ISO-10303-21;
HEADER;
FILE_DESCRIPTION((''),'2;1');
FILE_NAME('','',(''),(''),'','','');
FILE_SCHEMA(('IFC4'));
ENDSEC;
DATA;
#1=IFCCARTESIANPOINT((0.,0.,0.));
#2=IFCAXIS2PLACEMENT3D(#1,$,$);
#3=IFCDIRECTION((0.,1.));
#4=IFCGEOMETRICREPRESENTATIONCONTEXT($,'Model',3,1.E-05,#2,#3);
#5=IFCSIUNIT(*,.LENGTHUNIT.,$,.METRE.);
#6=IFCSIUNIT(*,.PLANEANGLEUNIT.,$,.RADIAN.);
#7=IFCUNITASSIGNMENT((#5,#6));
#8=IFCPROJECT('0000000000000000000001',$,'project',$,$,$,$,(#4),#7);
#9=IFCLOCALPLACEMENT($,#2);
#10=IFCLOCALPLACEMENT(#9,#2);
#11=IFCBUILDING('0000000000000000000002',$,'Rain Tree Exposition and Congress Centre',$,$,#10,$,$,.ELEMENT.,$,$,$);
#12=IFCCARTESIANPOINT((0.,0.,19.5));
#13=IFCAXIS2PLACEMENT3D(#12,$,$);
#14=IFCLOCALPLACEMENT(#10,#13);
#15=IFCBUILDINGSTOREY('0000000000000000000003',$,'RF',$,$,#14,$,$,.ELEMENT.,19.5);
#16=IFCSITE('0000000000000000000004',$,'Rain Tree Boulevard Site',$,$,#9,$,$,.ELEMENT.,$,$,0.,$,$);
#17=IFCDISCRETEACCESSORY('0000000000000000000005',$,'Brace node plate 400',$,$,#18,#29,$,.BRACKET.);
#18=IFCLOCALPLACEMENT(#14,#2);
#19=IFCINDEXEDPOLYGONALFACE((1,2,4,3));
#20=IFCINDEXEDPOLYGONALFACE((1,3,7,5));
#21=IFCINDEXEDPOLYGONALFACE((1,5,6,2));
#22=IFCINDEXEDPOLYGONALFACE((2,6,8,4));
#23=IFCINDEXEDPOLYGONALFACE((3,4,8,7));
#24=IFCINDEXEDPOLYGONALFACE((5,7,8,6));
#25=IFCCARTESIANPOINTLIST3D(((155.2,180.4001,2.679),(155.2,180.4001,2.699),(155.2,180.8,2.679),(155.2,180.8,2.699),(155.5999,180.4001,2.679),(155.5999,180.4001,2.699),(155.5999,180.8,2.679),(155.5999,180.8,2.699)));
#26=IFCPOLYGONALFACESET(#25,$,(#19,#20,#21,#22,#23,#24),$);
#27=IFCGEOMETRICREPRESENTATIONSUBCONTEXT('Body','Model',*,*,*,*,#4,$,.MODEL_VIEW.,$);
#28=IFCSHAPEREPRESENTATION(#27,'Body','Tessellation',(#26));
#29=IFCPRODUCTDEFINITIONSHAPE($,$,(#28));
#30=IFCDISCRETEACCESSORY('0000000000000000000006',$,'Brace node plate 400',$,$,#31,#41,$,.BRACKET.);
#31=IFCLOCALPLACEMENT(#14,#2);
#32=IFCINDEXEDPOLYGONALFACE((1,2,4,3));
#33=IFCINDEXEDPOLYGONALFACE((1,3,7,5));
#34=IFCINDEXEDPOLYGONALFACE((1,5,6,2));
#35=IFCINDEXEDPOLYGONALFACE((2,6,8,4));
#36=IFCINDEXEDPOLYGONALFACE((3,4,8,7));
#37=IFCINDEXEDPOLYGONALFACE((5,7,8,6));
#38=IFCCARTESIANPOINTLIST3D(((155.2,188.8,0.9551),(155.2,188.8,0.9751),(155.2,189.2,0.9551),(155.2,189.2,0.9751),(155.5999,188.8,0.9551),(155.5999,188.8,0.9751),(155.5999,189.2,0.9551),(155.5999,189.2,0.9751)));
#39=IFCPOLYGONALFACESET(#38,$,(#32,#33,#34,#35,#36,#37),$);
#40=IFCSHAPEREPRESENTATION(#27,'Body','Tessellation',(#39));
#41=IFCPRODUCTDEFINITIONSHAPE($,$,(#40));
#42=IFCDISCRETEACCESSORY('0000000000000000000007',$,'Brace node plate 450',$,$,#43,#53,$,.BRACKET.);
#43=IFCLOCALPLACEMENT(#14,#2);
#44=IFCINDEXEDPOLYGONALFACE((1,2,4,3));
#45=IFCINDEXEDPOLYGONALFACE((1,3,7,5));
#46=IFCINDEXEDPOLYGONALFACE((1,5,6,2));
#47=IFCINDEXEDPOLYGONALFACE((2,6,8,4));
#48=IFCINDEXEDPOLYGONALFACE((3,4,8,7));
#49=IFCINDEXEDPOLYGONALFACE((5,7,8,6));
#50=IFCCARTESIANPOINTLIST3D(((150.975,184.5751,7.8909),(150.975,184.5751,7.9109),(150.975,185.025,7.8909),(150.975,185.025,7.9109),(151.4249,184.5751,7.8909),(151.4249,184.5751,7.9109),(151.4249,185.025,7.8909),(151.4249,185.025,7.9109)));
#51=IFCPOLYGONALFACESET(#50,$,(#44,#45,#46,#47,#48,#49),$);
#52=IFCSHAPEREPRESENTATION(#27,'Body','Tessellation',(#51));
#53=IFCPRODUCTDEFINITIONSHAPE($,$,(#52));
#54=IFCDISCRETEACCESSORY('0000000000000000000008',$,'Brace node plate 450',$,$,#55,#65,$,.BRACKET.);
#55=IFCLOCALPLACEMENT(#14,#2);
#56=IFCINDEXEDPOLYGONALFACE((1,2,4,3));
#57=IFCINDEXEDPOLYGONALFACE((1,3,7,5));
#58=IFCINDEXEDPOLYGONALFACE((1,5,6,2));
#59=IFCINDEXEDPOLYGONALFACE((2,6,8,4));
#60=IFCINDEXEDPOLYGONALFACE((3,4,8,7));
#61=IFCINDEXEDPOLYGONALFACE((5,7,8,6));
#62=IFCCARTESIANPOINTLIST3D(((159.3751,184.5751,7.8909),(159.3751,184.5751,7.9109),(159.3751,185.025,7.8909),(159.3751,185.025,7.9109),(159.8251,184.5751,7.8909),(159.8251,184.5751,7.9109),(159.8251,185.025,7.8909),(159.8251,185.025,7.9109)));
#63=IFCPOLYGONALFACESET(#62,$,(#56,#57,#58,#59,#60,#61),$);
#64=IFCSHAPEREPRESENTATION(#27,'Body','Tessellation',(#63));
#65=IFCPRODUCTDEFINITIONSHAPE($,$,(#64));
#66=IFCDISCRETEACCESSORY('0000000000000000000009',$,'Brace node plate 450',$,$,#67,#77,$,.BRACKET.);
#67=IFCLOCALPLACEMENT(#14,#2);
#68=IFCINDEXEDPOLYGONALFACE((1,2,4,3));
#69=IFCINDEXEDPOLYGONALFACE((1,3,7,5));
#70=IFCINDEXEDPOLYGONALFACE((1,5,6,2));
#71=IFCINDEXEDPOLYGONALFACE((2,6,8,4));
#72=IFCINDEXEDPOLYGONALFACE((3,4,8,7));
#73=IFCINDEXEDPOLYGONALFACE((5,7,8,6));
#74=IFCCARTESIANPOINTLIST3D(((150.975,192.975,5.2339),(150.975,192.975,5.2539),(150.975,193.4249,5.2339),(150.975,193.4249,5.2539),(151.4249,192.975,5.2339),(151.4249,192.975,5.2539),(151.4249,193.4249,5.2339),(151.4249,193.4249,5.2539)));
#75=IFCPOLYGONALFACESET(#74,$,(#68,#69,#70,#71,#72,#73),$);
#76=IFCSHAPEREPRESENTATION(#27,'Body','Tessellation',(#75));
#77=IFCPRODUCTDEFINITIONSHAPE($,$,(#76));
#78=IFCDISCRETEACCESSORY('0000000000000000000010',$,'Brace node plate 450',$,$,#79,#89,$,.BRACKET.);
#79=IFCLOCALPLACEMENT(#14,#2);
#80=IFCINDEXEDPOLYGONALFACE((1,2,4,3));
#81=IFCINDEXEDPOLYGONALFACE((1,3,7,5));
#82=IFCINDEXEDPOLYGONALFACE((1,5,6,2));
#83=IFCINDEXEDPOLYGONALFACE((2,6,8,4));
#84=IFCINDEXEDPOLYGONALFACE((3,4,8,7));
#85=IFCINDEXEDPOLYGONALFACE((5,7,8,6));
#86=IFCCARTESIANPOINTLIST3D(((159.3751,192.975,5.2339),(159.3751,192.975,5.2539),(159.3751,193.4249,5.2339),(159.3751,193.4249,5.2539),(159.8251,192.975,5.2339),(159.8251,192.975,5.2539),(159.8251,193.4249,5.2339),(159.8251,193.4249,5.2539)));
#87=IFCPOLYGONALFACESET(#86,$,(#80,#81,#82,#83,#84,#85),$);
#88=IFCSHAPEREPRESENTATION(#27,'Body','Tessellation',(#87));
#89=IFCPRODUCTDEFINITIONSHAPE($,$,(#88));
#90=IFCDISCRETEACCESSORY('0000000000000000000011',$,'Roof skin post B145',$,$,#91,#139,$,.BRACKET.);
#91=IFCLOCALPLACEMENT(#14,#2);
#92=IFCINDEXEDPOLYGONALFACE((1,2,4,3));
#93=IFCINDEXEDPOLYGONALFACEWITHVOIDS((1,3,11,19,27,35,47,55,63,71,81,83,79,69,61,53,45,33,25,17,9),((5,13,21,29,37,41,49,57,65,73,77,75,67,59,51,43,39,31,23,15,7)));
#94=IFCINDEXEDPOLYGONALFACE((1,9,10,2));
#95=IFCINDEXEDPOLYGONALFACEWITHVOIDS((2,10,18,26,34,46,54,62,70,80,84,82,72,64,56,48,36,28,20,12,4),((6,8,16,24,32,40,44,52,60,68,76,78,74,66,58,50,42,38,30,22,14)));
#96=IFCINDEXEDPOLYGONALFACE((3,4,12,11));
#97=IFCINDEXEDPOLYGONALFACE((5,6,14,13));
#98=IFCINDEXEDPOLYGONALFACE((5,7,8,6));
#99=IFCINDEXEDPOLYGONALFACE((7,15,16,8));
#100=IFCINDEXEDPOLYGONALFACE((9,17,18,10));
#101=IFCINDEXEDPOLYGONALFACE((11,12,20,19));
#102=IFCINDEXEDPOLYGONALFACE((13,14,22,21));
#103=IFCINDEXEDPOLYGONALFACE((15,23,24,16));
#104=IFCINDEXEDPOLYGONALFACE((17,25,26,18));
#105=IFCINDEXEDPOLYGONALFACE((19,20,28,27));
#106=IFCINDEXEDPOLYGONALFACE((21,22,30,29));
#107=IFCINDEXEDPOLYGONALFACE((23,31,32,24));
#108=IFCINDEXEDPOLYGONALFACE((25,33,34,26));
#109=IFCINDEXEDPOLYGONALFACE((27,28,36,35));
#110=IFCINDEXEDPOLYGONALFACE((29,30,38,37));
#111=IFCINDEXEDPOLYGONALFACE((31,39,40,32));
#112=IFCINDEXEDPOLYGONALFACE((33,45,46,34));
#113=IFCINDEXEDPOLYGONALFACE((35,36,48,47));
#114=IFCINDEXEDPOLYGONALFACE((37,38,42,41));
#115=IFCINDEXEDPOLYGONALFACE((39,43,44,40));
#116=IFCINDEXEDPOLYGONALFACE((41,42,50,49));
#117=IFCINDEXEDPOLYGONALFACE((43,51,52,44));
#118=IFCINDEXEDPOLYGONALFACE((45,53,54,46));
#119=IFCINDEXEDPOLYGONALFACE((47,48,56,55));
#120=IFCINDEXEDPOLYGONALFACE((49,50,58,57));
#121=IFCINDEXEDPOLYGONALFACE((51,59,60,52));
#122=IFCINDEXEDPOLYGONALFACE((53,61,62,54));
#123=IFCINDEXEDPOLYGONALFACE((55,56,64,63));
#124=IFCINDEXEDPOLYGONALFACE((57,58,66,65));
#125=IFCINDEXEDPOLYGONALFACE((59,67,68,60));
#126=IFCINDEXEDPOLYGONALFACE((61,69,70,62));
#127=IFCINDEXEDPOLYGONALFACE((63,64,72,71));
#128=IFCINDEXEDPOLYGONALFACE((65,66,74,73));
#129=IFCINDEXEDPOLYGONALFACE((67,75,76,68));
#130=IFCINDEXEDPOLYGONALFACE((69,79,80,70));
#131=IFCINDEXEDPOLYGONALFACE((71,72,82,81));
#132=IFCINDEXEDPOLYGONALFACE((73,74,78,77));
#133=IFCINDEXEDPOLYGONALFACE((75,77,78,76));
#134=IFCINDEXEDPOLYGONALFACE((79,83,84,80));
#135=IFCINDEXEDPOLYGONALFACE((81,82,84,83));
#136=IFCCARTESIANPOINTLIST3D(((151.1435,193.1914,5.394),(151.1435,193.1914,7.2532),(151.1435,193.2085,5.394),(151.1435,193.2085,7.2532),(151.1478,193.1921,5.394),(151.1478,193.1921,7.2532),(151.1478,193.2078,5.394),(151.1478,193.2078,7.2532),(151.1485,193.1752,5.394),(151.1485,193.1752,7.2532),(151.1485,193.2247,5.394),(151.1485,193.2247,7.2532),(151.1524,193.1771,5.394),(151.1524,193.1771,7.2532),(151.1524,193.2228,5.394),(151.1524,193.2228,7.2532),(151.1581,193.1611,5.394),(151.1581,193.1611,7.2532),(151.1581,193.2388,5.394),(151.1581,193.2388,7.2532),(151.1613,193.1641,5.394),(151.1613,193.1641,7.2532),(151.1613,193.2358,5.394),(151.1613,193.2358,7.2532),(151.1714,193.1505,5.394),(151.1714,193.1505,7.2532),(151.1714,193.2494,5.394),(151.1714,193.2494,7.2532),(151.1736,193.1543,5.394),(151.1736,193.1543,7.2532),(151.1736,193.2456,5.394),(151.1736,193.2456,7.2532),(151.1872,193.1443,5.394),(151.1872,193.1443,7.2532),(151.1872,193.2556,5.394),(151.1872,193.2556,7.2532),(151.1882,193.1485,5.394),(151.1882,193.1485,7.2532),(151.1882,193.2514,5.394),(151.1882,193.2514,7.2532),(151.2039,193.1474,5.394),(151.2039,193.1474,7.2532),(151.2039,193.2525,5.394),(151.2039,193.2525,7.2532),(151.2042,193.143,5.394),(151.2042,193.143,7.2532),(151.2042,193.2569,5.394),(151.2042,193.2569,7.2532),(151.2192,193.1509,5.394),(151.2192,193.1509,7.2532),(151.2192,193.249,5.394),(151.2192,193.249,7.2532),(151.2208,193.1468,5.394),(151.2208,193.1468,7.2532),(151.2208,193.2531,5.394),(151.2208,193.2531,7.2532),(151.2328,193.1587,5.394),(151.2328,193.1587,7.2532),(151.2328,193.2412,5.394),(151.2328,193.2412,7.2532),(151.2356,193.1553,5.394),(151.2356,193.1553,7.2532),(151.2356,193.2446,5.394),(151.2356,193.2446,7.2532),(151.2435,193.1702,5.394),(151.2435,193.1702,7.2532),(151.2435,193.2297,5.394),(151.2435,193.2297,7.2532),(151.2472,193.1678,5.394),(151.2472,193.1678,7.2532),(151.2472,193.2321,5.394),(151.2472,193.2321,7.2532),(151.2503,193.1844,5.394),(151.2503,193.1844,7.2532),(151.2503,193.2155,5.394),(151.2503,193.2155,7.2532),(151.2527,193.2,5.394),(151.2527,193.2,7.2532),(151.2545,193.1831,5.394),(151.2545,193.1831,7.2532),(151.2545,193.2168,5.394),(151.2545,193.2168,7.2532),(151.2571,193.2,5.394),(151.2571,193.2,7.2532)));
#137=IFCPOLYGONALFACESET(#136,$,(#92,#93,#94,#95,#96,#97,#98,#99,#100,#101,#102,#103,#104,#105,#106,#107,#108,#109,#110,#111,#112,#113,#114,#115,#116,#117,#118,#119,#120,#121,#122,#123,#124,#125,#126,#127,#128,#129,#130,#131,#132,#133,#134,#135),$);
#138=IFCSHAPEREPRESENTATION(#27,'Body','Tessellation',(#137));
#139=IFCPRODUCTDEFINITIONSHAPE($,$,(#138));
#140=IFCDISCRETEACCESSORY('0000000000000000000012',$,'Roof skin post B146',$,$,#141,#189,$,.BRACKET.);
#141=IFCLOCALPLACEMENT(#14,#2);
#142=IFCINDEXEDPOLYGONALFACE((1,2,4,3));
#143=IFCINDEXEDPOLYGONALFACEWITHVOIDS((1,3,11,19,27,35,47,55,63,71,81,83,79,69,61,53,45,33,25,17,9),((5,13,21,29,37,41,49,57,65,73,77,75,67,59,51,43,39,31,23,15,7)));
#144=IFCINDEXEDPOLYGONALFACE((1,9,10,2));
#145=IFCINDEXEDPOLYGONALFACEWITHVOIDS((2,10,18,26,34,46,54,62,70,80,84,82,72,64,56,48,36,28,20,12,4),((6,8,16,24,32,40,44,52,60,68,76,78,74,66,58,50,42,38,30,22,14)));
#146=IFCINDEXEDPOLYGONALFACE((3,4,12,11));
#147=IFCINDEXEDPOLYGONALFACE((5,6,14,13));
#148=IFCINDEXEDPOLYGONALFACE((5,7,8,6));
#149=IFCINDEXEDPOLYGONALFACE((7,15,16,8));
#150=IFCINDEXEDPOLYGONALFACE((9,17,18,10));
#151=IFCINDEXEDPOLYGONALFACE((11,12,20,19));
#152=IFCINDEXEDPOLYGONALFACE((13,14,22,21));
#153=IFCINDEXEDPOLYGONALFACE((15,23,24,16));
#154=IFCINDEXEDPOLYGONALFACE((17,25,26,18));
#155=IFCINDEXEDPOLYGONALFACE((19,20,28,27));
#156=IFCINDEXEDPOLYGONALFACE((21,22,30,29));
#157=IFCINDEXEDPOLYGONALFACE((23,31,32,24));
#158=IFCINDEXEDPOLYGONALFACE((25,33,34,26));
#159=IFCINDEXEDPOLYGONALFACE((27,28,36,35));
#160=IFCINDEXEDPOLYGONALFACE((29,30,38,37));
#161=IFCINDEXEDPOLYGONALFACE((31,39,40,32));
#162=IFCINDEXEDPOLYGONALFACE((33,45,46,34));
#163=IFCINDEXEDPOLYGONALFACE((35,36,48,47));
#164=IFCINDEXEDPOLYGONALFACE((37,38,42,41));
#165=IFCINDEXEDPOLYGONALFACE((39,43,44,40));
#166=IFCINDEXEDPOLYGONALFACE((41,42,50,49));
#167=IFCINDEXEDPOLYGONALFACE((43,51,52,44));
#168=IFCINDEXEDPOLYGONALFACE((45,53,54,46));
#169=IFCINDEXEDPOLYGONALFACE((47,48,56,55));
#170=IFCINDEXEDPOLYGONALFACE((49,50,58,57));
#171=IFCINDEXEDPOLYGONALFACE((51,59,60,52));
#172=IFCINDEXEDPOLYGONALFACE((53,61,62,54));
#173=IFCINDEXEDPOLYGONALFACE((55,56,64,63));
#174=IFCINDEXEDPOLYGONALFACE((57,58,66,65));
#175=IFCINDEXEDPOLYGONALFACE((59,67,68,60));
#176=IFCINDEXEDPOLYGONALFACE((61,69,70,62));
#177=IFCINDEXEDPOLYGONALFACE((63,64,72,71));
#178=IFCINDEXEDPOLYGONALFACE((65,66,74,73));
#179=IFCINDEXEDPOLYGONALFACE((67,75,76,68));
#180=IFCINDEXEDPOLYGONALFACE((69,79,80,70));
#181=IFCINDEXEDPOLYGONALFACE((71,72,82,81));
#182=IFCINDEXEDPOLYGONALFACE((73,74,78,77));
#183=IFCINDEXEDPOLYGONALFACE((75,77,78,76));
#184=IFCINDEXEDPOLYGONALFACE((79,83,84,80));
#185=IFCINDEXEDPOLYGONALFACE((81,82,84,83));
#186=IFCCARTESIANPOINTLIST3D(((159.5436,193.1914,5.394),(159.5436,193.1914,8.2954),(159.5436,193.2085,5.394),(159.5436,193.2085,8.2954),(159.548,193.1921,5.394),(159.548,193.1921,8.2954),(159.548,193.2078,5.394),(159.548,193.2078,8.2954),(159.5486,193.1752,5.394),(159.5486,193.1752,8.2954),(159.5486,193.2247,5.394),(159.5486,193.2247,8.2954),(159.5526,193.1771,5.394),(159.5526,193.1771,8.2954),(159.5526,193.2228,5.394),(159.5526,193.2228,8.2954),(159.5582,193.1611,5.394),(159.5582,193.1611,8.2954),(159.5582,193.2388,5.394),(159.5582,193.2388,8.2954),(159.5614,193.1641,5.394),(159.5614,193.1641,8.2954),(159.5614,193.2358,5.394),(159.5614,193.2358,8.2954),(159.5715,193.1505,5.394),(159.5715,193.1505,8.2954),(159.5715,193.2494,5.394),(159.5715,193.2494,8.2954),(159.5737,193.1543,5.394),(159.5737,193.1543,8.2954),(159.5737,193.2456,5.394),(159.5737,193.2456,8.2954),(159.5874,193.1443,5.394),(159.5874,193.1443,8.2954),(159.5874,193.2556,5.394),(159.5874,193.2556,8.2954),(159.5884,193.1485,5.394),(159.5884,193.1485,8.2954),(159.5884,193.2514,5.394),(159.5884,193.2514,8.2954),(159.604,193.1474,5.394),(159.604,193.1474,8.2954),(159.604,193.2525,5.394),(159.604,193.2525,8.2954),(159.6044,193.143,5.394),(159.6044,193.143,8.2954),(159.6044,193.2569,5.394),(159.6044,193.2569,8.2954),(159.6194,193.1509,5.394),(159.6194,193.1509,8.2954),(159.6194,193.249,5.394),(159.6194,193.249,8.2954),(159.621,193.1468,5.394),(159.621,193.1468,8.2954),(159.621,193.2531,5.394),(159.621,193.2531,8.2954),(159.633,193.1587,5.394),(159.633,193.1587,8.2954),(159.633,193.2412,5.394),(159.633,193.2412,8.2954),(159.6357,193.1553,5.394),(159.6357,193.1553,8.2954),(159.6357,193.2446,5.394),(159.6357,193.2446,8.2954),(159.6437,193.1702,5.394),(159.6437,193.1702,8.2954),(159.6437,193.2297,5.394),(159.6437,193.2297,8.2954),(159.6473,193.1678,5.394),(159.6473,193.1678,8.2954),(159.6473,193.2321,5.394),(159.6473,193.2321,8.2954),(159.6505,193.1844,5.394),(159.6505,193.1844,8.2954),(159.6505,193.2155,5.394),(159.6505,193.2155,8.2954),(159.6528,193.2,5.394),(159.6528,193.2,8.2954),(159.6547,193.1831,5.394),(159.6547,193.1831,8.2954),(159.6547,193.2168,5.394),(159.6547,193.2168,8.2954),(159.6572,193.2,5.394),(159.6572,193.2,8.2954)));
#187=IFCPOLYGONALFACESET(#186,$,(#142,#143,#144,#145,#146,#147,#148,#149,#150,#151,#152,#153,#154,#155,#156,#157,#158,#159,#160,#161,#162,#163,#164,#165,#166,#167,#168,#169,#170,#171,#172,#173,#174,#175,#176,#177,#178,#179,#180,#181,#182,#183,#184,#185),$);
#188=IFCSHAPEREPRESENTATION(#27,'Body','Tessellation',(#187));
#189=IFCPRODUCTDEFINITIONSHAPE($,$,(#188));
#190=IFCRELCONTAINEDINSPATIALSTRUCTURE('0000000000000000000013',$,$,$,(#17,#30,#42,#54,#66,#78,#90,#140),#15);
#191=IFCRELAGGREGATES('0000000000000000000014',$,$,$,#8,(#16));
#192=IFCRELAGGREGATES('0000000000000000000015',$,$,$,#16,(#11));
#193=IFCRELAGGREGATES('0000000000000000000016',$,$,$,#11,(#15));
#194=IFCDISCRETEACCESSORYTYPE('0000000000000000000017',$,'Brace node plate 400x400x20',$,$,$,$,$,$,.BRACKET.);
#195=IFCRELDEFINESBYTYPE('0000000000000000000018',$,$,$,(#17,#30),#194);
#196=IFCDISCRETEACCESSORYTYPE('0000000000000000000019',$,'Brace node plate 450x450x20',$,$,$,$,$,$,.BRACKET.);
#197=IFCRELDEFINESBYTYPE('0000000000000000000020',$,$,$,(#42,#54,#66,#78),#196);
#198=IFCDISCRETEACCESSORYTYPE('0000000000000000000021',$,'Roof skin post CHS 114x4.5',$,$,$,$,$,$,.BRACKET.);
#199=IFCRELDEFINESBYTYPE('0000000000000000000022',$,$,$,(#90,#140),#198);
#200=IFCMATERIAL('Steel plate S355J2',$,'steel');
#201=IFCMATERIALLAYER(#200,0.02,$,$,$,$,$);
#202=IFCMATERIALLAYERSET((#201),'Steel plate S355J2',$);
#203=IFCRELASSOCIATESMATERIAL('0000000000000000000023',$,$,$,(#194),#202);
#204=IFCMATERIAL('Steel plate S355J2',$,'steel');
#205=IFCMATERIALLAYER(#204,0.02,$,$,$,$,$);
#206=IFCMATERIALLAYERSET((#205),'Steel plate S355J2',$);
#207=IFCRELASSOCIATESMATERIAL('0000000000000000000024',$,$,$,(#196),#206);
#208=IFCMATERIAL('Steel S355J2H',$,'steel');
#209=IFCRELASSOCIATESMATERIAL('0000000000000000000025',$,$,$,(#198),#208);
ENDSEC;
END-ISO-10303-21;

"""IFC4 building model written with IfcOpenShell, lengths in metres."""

from ifc_helpers import new_model, si_unit, direction, frame, origin, origin_2d, place, context, subcontext, project, spatial, rectangle, hollow_circle, extrude, material, layer, layer_set, material_profile, profile_set, type_object, element, save


model = new_model("IFC4")

# Units and contexts
model_context = context("Model", 3, precision=1e-05, world=origin(), true_north=direction((0.0, 1.0)))
body_context = subcontext(model_context, "Body", "Model", "MODEL_VIEW")
ifc_project = project(units=[si_unit("LENGTHUNIT", "METRE"), si_unit("PLANEANGLEUNIT", "RADIAN")], contexts=[model_context])

# Site, building, storey
site_placement = place(None, origin())
site = spatial("IfcSite", under=ifc_project, at=site_placement, Name="Rain Tree Boulevard Site", CompositionType="ELEMENT", RefElevation=0.0)
building_placement = place(site_placement, origin())
building = spatial("IfcBuilding", under=site, at=building_placement, Name="Rain Tree Exposition and Congress Centre", CompositionType="ELEMENT")
storey_placement = place(building_placement, frame((0.0, 0.0, 19.5)))
storey = spatial("IfcBuildingStorey", under=building, at=storey_placement, Name="RF", CompositionType="ELEMENT", Elevation=19.5)

# Discrete accessories
ifc_material_1 = material(Name="Steel plate S355J2", Category="steel")
ifc_layer_1 = layer(ifc_material_1, 0.02)
ifc_layer_set_1 = layer_set([ifc_layer_1], Name="Steel plate S355J2")
discrete_accessory_type_1 = type_object("IfcDiscreteAccessoryType", Name="Brace node plate 400x400x20", PredefinedType="BRACKET", material=ifc_layer_set_1)
for number, where, z_axis, x_axis, name in (
    (1, (155.3999, 180.6001, 2.679), (0.0, 0.0, 1.0), (1.0, 0.0, 0.0), "Brace node plate 400"),
    (2, (155.3999, 189.0, 0.9551), (0.0, 0.0, 1.0), (1.0, 0.0, 0.0), "Brace node plate 400"),
):
    element("IfcDiscreteAccessory", number, at=place(storey_placement, frame(where, z_axis=z_axis, x_axis=x_axis)), inside=storey, type_object=discrete_accessory_type_1, Name=name, PredefinedType="BRACKET", context=body_context, shape_type="SweptSolid", body=[
        extrude(rectangle(XDim=0.3999, YDim=0.3999, at=origin_2d()), origin(), (0.0, 0.0, 1.0), 0.02),
    ])
ifc_material_2 = material(Name="Steel plate S355J2", Category="steel")
ifc_layer_2 = layer(ifc_material_2, 0.02)
ifc_layer_set_2 = layer_set([ifc_layer_2], Name="Steel plate S355J2")
discrete_accessory_type_2 = type_object("IfcDiscreteAccessoryType", Name="Brace node plate 450x450x20", PredefinedType="BRACKET", material=ifc_layer_set_2)
for number, where, z_axis, x_axis, name in (
    (3, (151.2, 184.8, 7.8909), (0.0, 0.0, 1.0), (1.0, 0.0, 0.0), "Brace node plate 450"),
    (4, (159.6001, 184.8, 7.8909), (0.0, 0.0, 1.0), (1.0, 0.0, 0.0), "Brace node plate 450"),
    (5, (151.2, 193.2, 5.2339), (0.0, 0.0, 1.0), (1.0, 0.0, 0.0), "Brace node plate 450"),
    (6, (159.6001, 193.2, 5.2339), (0.0, 0.0, 1.0), (1.0, 0.0, 0.0), "Brace node plate 450"),
):
    element("IfcDiscreteAccessory", number, at=place(storey_placement, frame(where, z_axis=z_axis, x_axis=x_axis)), inside=storey, type_object=discrete_accessory_type_2, Name=name, PredefinedType="BRACKET", context=body_context, shape_type="SweptSolid", body=[
        extrude(rectangle(XDim=0.45, YDim=0.45, at=origin_2d()), origin(), (0.0, 0.0, 1.0), 0.02),
    ])
ifc_material_3 = material(Name="Steel S355J2H", Category="steel")
ifc_material_profile_1 = material_profile(ifc_material_3, hollow_circle(Radius=0.0571, WallThickness=0.0044, at=origin_2d()), Name="CHS 114x4.5")
ifc_profile_set_1 = profile_set([ifc_material_profile_1], Name="Steel S355J2H")
discrete_accessory_type_3 = type_object("IfcDiscreteAccessoryType", Name="Roof skin post CHS 114x4.5", PredefinedType="BRACKET", material=ifc_profile_set_1)
discrete_accessory_1_placement = place(storey_placement, frame((151.2, 193.2, 5.394), z_axis=(0.0, 0.0, 1.0), x_axis=(1.0, 0.0, 0.0)))
element("IfcDiscreteAccessory", 7, at=discrete_accessory_1_placement, inside=storey, type_object=discrete_accessory_type_3, Name="Roof skin post B145", PredefinedType="BRACKET", context=body_context, shape_type="SweptSolid", body=[
    extrude(hollow_circle(Radius=0.0571, WallThickness=0.0044, at=origin_2d()), origin(), (0.0, 0.0, 1.0), 1.8591),
])
discrete_accessory_2_placement = place(storey_placement, frame((159.6001, 193.2, 5.394), z_axis=(0.0, 0.0, 1.0), x_axis=(1.0, 0.0, 0.0)))
element("IfcDiscreteAccessory", 8, at=discrete_accessory_2_placement, inside=storey, type_object=discrete_accessory_type_3, Name="Roof skin post B146", PredefinedType="BRACKET", context=body_context, shape_type="SweptSolid", body=[
    extrude(hollow_circle(Radius=0.0571, WallThickness=0.0044, at=origin_2d()), origin(), (0.0, 0.0, 1.0), 2.9014),
])

save(model, "model.ifc")
